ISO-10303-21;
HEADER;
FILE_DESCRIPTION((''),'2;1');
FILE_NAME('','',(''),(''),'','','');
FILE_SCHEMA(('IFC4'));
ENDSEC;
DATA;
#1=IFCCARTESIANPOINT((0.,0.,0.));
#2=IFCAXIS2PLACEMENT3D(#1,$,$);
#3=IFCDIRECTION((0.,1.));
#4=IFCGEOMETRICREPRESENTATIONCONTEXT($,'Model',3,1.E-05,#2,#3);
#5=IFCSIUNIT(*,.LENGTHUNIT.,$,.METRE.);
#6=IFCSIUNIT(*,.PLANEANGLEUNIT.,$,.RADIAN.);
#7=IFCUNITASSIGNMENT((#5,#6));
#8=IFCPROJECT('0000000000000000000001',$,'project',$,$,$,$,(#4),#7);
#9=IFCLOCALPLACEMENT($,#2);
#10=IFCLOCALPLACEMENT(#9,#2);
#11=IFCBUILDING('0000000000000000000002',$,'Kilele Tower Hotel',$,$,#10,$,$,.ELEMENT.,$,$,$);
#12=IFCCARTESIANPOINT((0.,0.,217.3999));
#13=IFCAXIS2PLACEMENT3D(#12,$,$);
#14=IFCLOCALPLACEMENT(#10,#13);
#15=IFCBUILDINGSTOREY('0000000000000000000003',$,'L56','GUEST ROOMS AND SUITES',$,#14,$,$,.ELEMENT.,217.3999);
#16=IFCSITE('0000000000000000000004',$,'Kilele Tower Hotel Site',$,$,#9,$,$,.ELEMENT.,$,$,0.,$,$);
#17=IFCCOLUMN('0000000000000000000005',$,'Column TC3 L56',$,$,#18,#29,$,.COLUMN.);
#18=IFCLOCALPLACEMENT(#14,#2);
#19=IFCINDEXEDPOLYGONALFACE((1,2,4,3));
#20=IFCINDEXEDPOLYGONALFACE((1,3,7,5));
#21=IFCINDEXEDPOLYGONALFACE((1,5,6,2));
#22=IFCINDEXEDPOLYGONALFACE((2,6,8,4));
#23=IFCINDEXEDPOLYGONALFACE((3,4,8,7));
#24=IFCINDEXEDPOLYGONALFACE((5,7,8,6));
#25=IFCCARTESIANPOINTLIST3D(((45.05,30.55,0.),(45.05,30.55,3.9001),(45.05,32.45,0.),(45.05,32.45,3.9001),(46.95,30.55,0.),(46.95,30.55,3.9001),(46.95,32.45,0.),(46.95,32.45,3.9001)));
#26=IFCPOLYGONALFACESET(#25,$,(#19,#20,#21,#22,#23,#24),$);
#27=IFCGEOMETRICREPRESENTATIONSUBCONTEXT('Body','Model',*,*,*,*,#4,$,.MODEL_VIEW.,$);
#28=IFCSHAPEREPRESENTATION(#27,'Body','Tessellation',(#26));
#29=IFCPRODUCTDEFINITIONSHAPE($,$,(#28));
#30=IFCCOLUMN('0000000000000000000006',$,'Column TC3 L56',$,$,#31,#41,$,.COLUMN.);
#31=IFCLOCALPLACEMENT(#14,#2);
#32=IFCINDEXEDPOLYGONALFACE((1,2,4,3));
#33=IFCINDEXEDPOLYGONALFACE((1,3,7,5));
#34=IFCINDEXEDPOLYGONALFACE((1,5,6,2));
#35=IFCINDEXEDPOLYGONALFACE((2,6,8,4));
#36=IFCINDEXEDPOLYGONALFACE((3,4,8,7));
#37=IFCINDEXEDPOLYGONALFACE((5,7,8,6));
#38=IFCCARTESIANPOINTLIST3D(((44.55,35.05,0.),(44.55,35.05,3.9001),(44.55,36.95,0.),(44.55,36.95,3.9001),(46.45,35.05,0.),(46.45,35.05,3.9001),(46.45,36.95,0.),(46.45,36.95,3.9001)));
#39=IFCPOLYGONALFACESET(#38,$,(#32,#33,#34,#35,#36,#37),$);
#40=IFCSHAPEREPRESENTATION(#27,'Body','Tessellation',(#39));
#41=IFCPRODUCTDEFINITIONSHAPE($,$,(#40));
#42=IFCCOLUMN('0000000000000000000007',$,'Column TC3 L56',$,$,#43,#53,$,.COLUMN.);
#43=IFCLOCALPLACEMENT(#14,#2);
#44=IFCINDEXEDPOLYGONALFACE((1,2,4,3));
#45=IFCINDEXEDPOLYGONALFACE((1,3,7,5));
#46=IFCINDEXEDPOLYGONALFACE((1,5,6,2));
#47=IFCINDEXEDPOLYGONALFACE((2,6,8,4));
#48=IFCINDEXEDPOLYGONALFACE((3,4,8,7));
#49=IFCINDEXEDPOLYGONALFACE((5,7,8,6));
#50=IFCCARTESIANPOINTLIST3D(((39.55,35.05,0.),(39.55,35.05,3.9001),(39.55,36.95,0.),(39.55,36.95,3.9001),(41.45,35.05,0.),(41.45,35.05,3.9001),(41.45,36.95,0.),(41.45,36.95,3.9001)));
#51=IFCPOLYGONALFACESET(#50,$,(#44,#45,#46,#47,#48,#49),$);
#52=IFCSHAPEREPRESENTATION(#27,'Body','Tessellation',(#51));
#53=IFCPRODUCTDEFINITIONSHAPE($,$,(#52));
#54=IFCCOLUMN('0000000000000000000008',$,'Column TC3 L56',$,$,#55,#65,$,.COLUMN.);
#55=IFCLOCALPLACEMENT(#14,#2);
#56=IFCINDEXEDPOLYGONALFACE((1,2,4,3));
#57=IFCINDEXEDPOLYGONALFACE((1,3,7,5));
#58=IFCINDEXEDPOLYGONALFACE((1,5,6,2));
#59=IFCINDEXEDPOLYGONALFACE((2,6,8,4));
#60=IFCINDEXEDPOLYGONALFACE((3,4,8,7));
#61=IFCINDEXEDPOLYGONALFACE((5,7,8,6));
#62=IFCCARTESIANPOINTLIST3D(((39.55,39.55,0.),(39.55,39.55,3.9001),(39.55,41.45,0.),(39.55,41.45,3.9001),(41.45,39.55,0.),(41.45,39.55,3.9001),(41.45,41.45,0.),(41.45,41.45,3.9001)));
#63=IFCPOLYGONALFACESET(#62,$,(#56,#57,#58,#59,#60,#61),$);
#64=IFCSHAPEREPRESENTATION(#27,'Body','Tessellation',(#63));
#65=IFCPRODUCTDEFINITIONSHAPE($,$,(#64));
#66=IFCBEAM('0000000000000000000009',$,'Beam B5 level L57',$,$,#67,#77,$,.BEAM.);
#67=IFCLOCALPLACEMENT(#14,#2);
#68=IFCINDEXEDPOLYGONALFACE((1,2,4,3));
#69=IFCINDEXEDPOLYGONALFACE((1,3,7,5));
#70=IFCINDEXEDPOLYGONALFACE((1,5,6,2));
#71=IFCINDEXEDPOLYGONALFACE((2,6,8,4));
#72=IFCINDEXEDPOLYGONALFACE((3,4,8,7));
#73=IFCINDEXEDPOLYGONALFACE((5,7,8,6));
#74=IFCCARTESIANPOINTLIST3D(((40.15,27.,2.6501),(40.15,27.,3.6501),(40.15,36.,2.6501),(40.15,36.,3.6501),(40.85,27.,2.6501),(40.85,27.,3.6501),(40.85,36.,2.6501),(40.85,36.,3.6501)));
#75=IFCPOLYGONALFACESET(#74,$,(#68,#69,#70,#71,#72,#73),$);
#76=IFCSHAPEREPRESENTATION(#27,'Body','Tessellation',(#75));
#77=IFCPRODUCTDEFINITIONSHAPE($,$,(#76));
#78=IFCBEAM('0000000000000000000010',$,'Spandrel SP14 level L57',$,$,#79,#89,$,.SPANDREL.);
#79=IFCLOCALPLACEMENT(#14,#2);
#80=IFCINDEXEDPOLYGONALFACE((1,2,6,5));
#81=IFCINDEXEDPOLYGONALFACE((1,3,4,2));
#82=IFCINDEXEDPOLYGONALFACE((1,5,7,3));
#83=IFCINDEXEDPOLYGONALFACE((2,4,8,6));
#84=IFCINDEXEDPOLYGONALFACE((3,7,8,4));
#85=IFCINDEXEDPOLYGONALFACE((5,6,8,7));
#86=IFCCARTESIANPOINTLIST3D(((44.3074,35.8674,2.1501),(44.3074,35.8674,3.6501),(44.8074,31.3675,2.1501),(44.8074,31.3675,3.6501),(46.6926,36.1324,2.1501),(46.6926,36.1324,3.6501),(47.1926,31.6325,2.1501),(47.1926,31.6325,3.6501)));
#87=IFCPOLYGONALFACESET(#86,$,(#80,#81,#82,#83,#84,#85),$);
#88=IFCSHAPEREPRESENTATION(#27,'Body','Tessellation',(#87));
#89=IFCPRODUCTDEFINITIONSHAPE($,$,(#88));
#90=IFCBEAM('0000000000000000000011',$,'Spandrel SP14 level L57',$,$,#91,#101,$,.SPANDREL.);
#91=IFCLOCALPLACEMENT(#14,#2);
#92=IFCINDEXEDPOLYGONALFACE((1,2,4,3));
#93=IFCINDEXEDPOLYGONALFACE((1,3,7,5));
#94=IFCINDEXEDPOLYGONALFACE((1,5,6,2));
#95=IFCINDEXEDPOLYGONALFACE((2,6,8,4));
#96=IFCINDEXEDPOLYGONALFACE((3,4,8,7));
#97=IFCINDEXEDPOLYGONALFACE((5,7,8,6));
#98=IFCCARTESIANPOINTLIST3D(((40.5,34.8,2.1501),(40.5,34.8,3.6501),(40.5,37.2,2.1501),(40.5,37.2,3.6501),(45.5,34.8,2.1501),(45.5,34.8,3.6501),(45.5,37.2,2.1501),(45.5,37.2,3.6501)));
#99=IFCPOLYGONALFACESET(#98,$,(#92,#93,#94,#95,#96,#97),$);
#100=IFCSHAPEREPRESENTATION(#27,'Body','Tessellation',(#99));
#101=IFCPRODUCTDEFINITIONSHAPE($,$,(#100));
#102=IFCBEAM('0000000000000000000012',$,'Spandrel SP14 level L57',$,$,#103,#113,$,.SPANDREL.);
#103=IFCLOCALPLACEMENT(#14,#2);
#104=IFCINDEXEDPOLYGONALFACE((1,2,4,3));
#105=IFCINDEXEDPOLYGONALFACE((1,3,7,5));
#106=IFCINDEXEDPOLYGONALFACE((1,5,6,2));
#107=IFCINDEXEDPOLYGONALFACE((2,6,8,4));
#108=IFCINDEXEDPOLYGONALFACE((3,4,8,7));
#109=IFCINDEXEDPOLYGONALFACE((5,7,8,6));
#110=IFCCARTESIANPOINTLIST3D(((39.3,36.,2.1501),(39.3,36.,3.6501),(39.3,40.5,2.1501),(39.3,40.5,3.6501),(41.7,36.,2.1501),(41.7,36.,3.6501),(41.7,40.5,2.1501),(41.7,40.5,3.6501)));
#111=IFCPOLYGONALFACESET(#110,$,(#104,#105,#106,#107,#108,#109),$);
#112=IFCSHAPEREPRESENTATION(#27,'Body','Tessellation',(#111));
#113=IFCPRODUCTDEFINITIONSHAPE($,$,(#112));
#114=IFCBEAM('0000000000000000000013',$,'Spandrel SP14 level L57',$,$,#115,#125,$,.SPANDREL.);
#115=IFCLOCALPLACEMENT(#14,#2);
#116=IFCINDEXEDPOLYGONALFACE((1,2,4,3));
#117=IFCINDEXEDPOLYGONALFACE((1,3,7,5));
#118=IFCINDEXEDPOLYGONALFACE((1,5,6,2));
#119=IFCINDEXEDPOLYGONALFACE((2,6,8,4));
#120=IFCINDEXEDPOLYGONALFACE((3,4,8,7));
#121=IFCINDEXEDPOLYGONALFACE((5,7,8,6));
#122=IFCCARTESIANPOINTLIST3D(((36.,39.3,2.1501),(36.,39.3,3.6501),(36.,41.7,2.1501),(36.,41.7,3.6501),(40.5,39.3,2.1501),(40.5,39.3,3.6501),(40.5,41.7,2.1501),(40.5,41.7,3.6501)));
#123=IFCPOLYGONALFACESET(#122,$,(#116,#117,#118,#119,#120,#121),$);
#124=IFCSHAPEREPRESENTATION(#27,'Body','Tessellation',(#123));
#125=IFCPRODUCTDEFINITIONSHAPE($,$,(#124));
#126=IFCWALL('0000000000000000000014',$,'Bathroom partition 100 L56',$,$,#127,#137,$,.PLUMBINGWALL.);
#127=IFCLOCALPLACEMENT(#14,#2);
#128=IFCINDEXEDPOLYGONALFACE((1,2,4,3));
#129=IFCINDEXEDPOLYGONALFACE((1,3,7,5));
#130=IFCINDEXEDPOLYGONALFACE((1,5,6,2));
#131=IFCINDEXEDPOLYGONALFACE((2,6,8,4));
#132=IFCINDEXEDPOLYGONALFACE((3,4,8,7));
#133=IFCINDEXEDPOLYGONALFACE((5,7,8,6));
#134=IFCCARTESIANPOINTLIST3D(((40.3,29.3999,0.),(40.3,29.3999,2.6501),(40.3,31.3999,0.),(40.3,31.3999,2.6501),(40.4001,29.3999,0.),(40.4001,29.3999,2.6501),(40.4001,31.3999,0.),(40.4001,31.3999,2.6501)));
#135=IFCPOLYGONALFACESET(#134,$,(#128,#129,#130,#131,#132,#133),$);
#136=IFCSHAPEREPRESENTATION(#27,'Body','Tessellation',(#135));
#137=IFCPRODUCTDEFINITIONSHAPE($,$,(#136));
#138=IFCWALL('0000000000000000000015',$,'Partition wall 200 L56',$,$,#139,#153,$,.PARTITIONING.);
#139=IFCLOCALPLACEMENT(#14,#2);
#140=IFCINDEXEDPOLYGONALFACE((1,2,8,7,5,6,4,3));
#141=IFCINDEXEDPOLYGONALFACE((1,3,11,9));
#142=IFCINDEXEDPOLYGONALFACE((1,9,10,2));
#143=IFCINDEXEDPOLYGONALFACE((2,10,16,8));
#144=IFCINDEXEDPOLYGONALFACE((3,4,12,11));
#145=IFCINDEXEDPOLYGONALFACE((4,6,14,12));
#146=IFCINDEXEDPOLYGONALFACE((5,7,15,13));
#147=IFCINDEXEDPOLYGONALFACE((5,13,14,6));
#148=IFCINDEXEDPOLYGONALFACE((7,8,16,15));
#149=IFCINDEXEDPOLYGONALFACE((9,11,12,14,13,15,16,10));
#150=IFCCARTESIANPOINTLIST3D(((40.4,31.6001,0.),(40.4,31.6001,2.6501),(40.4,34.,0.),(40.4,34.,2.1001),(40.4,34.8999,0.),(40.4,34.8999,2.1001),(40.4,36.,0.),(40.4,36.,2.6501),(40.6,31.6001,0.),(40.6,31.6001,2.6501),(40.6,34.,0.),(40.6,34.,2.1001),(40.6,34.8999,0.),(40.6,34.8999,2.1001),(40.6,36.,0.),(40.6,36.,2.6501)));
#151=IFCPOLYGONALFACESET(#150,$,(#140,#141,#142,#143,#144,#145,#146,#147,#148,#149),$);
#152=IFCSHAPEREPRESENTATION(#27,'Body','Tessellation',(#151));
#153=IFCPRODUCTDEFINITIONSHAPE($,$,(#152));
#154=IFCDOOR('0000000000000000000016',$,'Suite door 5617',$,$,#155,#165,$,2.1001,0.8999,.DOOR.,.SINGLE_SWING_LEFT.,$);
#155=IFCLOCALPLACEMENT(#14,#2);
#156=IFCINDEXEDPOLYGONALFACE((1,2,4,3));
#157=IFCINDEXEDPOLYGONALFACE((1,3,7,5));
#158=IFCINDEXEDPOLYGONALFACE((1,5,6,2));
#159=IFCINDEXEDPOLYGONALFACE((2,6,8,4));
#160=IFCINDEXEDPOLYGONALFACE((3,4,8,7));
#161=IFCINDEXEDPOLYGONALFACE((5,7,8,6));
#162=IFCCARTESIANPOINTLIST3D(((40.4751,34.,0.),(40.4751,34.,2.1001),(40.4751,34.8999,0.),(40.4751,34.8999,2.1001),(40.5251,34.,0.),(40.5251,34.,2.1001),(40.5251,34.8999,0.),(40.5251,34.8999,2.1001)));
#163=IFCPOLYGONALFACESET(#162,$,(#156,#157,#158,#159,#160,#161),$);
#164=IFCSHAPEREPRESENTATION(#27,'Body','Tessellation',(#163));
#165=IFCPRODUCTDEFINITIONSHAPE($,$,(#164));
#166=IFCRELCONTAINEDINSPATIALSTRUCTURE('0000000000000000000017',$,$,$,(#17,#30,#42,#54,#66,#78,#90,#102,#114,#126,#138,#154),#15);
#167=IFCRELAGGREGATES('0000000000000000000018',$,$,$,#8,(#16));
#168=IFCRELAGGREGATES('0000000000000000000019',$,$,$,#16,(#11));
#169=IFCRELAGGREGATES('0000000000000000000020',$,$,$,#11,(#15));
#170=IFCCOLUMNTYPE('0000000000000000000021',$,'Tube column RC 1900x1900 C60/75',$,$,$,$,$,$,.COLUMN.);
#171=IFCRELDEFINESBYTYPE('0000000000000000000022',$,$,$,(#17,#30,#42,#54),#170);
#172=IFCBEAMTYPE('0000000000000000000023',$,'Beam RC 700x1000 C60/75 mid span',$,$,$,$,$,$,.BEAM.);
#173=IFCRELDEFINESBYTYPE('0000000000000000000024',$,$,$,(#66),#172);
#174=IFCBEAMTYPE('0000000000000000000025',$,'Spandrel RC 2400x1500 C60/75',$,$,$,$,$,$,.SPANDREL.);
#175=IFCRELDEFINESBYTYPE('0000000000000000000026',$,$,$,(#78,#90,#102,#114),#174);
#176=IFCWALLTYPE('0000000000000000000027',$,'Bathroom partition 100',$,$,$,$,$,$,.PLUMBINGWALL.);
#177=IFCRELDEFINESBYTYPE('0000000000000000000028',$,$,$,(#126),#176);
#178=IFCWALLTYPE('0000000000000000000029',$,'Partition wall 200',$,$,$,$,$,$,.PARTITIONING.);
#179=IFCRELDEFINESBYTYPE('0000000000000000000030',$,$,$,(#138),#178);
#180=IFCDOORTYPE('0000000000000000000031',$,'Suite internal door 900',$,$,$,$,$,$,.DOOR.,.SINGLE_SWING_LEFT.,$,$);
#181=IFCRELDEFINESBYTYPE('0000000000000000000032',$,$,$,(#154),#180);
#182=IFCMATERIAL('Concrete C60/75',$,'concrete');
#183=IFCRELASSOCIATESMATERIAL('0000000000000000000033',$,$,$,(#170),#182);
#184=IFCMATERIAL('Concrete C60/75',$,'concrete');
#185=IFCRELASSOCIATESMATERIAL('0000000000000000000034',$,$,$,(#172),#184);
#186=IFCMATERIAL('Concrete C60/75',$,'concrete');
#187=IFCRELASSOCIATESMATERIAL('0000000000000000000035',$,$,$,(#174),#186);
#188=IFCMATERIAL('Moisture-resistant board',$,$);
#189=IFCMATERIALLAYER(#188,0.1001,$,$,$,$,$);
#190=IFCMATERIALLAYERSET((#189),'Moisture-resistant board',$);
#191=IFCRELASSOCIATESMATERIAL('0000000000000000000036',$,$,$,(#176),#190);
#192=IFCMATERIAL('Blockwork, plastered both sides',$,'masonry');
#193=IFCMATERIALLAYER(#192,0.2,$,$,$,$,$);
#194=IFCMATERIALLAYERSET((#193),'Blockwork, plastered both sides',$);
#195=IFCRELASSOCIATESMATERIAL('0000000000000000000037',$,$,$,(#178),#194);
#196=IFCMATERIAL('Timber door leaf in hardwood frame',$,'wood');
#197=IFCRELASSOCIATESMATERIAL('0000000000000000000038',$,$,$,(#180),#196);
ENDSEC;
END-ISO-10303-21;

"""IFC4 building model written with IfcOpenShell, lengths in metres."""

from ifc_helpers import new_model, si_unit, direction, frame, frame_2d, origin, origin_2d, place, context, subcontext, project, spatial, rectangle, extrude, material, layer, layer_set, material_profile, profile_set, type_object, element, fill, save


model = new_model("IFC4")

# Units and contexts
model_context = context("Model", 3, precision=1e-05, world=origin(), true_north=direction((0.0, 1.0)))
body_context = subcontext(model_context, "Body", "Model", "MODEL_VIEW")
ifc_project = project(units=[si_unit("LENGTHUNIT", "METRE"), si_unit("PLANEANGLEUNIT", "RADIAN")], contexts=[model_context])

# Site, building, storey
site_placement = place(None, origin())
site = spatial("IfcSite", under=ifc_project, at=site_placement, Name="Kilele Tower Hotel Site", CompositionType="ELEMENT", RefElevation=0.0)
building_placement = place(site_placement, origin())
building = spatial("IfcBuilding", under=site, at=building_placement, Name="Kilele Tower Hotel", CompositionType="ELEMENT")
storey_placement = place(building_placement, frame((0.0, 0.0, 217.3999)))
storey = spatial("IfcBuildingStorey", under=building, at=storey_placement, Name="L56", Description="GUEST ROOMS AND SUITES", CompositionType="ELEMENT", Elevation=217.3999)

# Columns
ifc_material_1 = material(Name="Concrete C60/75", Category="concrete")
ifc_material_profile_1 = material_profile(ifc_material_1, rectangle(XDim=1.8999, YDim=1.8999, at=origin_2d()))
ifc_profile_set_1 = profile_set([ifc_material_profile_1], Name="Concrete C60/75")
column_type = type_object("IfcColumnType", Name="Tube column RC 1900x1900 C60/75", PredefinedType="COLUMN", material=ifc_profile_set_1)
for number, where, z_axis, x_axis, name in (
    (1, (46.0, 31.5, 0.0), (0.0, 0.0, 1.0), (1.0, 0.0, 0.0), "Column TC3 L56"),
    (2, (45.5, 36.0, 0.0), (0.0, 0.0, 1.0), (1.0, 0.0, 0.0), "Column TC3 L56"),
    (3, (40.5, 36.0, 0.0), (0.0, 0.0, 1.0), (1.0, 0.0, 0.0), "Column TC3 L56"),
    (4, (40.5, 40.5, 0.0), (0.0, 0.0, 1.0), (1.0, 0.0, 0.0), "Column TC3 L56"),
):
    element("IfcColumn", number, at=place(storey_placement, frame(where, z_axis=z_axis, x_axis=x_axis)), inside=storey, type_object=column_type, Name=name, PredefinedType="COLUMN", context=body_context, shape_type="SweptSolid", body=[
        extrude(rectangle(XDim=1.8999, YDim=1.8999, at=origin_2d()), origin(), (0.0, 0.0, 1.0), 3.9001),
    ])

# Beams
ifc_material_2 = material(Name="Concrete C60/75", Category="concrete")
ifc_material_profile_2 = material_profile(ifc_material_2, rectangle(XDim=0.7, YDim=1.0, at=origin_2d()))
ifc_profile_set_2 = profile_set([ifc_material_profile_2], Name="Concrete C60/75")
beam_type_1 = type_object("IfcBeamType", Name="Beam RC 700x1000 C60/75 mid span", PredefinedType="BEAM", material=ifc_profile_set_2)
beam_1_placement = place(storey_placement, frame((40.5, 36.0, 3.1501), z_axis=(0.0, -1.0, 0.0), x_axis=(1.0, 0.0, 0.0)))
element("IfcBeam", 5, at=beam_1_placement, inside=storey, type_object=beam_type_1, Name="Beam B5 level L57", PredefinedType="BEAM", context=body_context, shape_type="SweptSolid", body=[
    extrude(rectangle(XDim=0.7, YDim=1.0, at=origin_2d()), origin(), (0.0, 0.0, 1.0), 9.0),
])
ifc_material_3 = material(Name="Concrete C60/75", Category="concrete")
ifc_material_profile_3 = material_profile(ifc_material_3, rectangle(XDim=2.3999, YDim=1.5, at=origin_2d()))
ifc_profile_set_3 = profile_set([ifc_material_profile_3], Name="Concrete C60/75")
beam_type_2 = type_object("IfcBeamType", Name="Spandrel RC 2400x1500 C60/75", PredefinedType="SPANDREL", material=ifc_profile_set_3)
beam_2_placement = place(storey_placement, frame((46.0, 31.5, 2.9001), z_axis=(-0.110432, 0.993884, 0.0), x_axis=(-0.993884, -0.110432, 0.0)))
element("IfcBeam", 6, at=beam_2_placement, inside=storey, type_object=beam_type_2, Name="Spandrel SP14 level L57", PredefinedType="SPANDREL", context=body_context, shape_type="SweptSolid", body=[
    extrude(rectangle(XDim=2.3999, YDim=1.5, at=origin_2d()), origin(), (0.0, 0.0, 1.0), 4.5276),
])
beam_3_placement = place(storey_placement, frame((45.5, 36.0, 2.9001), z_axis=(-1.0, 0.0, 0.0), x_axis=(0.0, -1.0, 0.0)))
element("IfcBeam", 7, at=beam_3_placement, inside=storey, type_object=beam_type_2, Name="Spandrel SP14 level L57", PredefinedType="SPANDREL", context=body_context, shape_type="SweptSolid", body=[
    extrude(rectangle(XDim=2.3999, YDim=1.5, at=origin_2d()), origin(), (0.0, 0.0, 1.0), 5.0),
])
for number, where, z_axis, x_axis, name in (
    (8, (40.5, 36.0, 2.9001), (0.0, 1.0, 0.0), (-1.0, 0.0, 0.0), "Spandrel SP14 level L57"),
    (9, (40.5, 40.5, 2.9001), (-1.0, 0.0, 0.0), (0.0, -1.0, 0.0), "Spandrel SP14 level L57"),
):
    element("IfcBeam", number, at=place(storey_placement, frame(where, z_axis=z_axis, x_axis=x_axis)), inside=storey, type_object=beam_type_2, Name=name, PredefinedType="SPANDREL", context=body_context, shape_type="SweptSolid", body=[
        extrude(rectangle(XDim=2.3999, YDim=1.5, at=origin_2d()), origin(), (0.0, 0.0, 1.0), 4.5),
    ])

# Wall
ifc_material_4 = material(Name="Moisture-resistant board")
ifc_layer_1 = layer(ifc_material_4, 0.1001)
ifc_layer_set_1 = layer_set([ifc_layer_1], Name="Moisture-resistant board")
wall_type_1 = type_object("IfcWallType", Name="Bathroom partition 100", PredefinedType="PLUMBINGWALL", material=ifc_layer_set_1)
wall_1_placement = place(storey_placement, frame((40.3501, 31.3999, 0.0), z_axis=(0.0, 0.0, 1.0), x_axis=(0.0, -1.0, 0.0)))
element("IfcWall", 10, at=wall_1_placement, inside=storey, type_object=wall_type_1, Name="Bathroom partition 100 L56", PredefinedType="PLUMBINGWALL", context=body_context, shape_type="SweptSolid", body=[
    extrude(rectangle(XDim=2.0, YDim=0.1001, at=frame_2d((1.0, 0.0))), origin(), (0.0, 0.0, 1.0), 2.6501),
])

# Wall, opening, door
ifc_material_5 = material(Name="Blockwork, plastered both sides", Category="masonry")
ifc_layer_2 = layer(ifc_material_5, 0.2)
ifc_layer_set_2 = layer_set([ifc_layer_2], Name="Blockwork, plastered both sides")
wall_type_2 = type_object("IfcWallType", Name="Partition wall 200", PredefinedType="PARTITIONING", material=ifc_layer_set_2)
wall_2_placement = place(storey_placement, frame((40.5, 31.6001, 0.0), z_axis=(0.0, 0.0, 1.0), x_axis=(0.0, 1.0, 0.0)))
wall_2 = element("IfcWall", 11, at=wall_2_placement, inside=storey, type_object=wall_type_2, Name="Partition wall 200 L56", PredefinedType="PARTITIONING", context=body_context, shape_type="SweptSolid", body=[
    extrude(rectangle(XDim=4.3999, YDim=0.2, at=frame_2d((2.2, 0.0))), origin(), (0.0, 0.0, 1.0), 2.6501),
])
opening_1_placement = place(wall_2_placement, frame((2.3999, 0.0, 0.0)))
opening_1 = element("IfcOpeningElement", 12, at=opening_1_placement, cuts=wall_2, PredefinedType="OPENING", context=body_context, shape_type="SweptSolid", body=[
    extrude(rectangle(XDim=0.8999, YDim=2.1001, at=frame_2d((0.45, 1.05))), frame((0.0, 0.1099, 0.0), z_axis=(0.0, -1.0, 0.0), x_axis=(1.0, 0.0, 0.0)), (0.0, 0.0, 1.0), 0.22),
])
ifc_material_6 = material(Name="Timber door leaf in hardwood frame", Category="wood")
door_type = type_object("IfcDoorType", Name="Suite internal door 900", OperationType="SINGLE_SWING_LEFT", PredefinedType="DOOR", material=ifc_material_6)
door_placement = place(opening_1_placement, origin())
door = element("IfcDoor", 13, at=door_placement, inside=storey, type_object=door_type, Name="Suite door 5617", OperationType="SINGLE_SWING_LEFT", OverallHeight=2.1001, OverallWidth=0.8999, PredefinedType="DOOR", context=body_context, shape_type="SweptSolid", body=[
    extrude(rectangle(XDim=0.8999, YDim=2.1001, at=frame_2d((0.45, 1.05))), frame((0.0, 0.0249, 0.0), z_axis=(0.0, -1.0, 0.0), x_axis=(1.0, 0.0, 0.0)), (0.0, 0.0, 1.0), 0.05),
])
fill(opening_1, door)

save(model, "model.ifc")
